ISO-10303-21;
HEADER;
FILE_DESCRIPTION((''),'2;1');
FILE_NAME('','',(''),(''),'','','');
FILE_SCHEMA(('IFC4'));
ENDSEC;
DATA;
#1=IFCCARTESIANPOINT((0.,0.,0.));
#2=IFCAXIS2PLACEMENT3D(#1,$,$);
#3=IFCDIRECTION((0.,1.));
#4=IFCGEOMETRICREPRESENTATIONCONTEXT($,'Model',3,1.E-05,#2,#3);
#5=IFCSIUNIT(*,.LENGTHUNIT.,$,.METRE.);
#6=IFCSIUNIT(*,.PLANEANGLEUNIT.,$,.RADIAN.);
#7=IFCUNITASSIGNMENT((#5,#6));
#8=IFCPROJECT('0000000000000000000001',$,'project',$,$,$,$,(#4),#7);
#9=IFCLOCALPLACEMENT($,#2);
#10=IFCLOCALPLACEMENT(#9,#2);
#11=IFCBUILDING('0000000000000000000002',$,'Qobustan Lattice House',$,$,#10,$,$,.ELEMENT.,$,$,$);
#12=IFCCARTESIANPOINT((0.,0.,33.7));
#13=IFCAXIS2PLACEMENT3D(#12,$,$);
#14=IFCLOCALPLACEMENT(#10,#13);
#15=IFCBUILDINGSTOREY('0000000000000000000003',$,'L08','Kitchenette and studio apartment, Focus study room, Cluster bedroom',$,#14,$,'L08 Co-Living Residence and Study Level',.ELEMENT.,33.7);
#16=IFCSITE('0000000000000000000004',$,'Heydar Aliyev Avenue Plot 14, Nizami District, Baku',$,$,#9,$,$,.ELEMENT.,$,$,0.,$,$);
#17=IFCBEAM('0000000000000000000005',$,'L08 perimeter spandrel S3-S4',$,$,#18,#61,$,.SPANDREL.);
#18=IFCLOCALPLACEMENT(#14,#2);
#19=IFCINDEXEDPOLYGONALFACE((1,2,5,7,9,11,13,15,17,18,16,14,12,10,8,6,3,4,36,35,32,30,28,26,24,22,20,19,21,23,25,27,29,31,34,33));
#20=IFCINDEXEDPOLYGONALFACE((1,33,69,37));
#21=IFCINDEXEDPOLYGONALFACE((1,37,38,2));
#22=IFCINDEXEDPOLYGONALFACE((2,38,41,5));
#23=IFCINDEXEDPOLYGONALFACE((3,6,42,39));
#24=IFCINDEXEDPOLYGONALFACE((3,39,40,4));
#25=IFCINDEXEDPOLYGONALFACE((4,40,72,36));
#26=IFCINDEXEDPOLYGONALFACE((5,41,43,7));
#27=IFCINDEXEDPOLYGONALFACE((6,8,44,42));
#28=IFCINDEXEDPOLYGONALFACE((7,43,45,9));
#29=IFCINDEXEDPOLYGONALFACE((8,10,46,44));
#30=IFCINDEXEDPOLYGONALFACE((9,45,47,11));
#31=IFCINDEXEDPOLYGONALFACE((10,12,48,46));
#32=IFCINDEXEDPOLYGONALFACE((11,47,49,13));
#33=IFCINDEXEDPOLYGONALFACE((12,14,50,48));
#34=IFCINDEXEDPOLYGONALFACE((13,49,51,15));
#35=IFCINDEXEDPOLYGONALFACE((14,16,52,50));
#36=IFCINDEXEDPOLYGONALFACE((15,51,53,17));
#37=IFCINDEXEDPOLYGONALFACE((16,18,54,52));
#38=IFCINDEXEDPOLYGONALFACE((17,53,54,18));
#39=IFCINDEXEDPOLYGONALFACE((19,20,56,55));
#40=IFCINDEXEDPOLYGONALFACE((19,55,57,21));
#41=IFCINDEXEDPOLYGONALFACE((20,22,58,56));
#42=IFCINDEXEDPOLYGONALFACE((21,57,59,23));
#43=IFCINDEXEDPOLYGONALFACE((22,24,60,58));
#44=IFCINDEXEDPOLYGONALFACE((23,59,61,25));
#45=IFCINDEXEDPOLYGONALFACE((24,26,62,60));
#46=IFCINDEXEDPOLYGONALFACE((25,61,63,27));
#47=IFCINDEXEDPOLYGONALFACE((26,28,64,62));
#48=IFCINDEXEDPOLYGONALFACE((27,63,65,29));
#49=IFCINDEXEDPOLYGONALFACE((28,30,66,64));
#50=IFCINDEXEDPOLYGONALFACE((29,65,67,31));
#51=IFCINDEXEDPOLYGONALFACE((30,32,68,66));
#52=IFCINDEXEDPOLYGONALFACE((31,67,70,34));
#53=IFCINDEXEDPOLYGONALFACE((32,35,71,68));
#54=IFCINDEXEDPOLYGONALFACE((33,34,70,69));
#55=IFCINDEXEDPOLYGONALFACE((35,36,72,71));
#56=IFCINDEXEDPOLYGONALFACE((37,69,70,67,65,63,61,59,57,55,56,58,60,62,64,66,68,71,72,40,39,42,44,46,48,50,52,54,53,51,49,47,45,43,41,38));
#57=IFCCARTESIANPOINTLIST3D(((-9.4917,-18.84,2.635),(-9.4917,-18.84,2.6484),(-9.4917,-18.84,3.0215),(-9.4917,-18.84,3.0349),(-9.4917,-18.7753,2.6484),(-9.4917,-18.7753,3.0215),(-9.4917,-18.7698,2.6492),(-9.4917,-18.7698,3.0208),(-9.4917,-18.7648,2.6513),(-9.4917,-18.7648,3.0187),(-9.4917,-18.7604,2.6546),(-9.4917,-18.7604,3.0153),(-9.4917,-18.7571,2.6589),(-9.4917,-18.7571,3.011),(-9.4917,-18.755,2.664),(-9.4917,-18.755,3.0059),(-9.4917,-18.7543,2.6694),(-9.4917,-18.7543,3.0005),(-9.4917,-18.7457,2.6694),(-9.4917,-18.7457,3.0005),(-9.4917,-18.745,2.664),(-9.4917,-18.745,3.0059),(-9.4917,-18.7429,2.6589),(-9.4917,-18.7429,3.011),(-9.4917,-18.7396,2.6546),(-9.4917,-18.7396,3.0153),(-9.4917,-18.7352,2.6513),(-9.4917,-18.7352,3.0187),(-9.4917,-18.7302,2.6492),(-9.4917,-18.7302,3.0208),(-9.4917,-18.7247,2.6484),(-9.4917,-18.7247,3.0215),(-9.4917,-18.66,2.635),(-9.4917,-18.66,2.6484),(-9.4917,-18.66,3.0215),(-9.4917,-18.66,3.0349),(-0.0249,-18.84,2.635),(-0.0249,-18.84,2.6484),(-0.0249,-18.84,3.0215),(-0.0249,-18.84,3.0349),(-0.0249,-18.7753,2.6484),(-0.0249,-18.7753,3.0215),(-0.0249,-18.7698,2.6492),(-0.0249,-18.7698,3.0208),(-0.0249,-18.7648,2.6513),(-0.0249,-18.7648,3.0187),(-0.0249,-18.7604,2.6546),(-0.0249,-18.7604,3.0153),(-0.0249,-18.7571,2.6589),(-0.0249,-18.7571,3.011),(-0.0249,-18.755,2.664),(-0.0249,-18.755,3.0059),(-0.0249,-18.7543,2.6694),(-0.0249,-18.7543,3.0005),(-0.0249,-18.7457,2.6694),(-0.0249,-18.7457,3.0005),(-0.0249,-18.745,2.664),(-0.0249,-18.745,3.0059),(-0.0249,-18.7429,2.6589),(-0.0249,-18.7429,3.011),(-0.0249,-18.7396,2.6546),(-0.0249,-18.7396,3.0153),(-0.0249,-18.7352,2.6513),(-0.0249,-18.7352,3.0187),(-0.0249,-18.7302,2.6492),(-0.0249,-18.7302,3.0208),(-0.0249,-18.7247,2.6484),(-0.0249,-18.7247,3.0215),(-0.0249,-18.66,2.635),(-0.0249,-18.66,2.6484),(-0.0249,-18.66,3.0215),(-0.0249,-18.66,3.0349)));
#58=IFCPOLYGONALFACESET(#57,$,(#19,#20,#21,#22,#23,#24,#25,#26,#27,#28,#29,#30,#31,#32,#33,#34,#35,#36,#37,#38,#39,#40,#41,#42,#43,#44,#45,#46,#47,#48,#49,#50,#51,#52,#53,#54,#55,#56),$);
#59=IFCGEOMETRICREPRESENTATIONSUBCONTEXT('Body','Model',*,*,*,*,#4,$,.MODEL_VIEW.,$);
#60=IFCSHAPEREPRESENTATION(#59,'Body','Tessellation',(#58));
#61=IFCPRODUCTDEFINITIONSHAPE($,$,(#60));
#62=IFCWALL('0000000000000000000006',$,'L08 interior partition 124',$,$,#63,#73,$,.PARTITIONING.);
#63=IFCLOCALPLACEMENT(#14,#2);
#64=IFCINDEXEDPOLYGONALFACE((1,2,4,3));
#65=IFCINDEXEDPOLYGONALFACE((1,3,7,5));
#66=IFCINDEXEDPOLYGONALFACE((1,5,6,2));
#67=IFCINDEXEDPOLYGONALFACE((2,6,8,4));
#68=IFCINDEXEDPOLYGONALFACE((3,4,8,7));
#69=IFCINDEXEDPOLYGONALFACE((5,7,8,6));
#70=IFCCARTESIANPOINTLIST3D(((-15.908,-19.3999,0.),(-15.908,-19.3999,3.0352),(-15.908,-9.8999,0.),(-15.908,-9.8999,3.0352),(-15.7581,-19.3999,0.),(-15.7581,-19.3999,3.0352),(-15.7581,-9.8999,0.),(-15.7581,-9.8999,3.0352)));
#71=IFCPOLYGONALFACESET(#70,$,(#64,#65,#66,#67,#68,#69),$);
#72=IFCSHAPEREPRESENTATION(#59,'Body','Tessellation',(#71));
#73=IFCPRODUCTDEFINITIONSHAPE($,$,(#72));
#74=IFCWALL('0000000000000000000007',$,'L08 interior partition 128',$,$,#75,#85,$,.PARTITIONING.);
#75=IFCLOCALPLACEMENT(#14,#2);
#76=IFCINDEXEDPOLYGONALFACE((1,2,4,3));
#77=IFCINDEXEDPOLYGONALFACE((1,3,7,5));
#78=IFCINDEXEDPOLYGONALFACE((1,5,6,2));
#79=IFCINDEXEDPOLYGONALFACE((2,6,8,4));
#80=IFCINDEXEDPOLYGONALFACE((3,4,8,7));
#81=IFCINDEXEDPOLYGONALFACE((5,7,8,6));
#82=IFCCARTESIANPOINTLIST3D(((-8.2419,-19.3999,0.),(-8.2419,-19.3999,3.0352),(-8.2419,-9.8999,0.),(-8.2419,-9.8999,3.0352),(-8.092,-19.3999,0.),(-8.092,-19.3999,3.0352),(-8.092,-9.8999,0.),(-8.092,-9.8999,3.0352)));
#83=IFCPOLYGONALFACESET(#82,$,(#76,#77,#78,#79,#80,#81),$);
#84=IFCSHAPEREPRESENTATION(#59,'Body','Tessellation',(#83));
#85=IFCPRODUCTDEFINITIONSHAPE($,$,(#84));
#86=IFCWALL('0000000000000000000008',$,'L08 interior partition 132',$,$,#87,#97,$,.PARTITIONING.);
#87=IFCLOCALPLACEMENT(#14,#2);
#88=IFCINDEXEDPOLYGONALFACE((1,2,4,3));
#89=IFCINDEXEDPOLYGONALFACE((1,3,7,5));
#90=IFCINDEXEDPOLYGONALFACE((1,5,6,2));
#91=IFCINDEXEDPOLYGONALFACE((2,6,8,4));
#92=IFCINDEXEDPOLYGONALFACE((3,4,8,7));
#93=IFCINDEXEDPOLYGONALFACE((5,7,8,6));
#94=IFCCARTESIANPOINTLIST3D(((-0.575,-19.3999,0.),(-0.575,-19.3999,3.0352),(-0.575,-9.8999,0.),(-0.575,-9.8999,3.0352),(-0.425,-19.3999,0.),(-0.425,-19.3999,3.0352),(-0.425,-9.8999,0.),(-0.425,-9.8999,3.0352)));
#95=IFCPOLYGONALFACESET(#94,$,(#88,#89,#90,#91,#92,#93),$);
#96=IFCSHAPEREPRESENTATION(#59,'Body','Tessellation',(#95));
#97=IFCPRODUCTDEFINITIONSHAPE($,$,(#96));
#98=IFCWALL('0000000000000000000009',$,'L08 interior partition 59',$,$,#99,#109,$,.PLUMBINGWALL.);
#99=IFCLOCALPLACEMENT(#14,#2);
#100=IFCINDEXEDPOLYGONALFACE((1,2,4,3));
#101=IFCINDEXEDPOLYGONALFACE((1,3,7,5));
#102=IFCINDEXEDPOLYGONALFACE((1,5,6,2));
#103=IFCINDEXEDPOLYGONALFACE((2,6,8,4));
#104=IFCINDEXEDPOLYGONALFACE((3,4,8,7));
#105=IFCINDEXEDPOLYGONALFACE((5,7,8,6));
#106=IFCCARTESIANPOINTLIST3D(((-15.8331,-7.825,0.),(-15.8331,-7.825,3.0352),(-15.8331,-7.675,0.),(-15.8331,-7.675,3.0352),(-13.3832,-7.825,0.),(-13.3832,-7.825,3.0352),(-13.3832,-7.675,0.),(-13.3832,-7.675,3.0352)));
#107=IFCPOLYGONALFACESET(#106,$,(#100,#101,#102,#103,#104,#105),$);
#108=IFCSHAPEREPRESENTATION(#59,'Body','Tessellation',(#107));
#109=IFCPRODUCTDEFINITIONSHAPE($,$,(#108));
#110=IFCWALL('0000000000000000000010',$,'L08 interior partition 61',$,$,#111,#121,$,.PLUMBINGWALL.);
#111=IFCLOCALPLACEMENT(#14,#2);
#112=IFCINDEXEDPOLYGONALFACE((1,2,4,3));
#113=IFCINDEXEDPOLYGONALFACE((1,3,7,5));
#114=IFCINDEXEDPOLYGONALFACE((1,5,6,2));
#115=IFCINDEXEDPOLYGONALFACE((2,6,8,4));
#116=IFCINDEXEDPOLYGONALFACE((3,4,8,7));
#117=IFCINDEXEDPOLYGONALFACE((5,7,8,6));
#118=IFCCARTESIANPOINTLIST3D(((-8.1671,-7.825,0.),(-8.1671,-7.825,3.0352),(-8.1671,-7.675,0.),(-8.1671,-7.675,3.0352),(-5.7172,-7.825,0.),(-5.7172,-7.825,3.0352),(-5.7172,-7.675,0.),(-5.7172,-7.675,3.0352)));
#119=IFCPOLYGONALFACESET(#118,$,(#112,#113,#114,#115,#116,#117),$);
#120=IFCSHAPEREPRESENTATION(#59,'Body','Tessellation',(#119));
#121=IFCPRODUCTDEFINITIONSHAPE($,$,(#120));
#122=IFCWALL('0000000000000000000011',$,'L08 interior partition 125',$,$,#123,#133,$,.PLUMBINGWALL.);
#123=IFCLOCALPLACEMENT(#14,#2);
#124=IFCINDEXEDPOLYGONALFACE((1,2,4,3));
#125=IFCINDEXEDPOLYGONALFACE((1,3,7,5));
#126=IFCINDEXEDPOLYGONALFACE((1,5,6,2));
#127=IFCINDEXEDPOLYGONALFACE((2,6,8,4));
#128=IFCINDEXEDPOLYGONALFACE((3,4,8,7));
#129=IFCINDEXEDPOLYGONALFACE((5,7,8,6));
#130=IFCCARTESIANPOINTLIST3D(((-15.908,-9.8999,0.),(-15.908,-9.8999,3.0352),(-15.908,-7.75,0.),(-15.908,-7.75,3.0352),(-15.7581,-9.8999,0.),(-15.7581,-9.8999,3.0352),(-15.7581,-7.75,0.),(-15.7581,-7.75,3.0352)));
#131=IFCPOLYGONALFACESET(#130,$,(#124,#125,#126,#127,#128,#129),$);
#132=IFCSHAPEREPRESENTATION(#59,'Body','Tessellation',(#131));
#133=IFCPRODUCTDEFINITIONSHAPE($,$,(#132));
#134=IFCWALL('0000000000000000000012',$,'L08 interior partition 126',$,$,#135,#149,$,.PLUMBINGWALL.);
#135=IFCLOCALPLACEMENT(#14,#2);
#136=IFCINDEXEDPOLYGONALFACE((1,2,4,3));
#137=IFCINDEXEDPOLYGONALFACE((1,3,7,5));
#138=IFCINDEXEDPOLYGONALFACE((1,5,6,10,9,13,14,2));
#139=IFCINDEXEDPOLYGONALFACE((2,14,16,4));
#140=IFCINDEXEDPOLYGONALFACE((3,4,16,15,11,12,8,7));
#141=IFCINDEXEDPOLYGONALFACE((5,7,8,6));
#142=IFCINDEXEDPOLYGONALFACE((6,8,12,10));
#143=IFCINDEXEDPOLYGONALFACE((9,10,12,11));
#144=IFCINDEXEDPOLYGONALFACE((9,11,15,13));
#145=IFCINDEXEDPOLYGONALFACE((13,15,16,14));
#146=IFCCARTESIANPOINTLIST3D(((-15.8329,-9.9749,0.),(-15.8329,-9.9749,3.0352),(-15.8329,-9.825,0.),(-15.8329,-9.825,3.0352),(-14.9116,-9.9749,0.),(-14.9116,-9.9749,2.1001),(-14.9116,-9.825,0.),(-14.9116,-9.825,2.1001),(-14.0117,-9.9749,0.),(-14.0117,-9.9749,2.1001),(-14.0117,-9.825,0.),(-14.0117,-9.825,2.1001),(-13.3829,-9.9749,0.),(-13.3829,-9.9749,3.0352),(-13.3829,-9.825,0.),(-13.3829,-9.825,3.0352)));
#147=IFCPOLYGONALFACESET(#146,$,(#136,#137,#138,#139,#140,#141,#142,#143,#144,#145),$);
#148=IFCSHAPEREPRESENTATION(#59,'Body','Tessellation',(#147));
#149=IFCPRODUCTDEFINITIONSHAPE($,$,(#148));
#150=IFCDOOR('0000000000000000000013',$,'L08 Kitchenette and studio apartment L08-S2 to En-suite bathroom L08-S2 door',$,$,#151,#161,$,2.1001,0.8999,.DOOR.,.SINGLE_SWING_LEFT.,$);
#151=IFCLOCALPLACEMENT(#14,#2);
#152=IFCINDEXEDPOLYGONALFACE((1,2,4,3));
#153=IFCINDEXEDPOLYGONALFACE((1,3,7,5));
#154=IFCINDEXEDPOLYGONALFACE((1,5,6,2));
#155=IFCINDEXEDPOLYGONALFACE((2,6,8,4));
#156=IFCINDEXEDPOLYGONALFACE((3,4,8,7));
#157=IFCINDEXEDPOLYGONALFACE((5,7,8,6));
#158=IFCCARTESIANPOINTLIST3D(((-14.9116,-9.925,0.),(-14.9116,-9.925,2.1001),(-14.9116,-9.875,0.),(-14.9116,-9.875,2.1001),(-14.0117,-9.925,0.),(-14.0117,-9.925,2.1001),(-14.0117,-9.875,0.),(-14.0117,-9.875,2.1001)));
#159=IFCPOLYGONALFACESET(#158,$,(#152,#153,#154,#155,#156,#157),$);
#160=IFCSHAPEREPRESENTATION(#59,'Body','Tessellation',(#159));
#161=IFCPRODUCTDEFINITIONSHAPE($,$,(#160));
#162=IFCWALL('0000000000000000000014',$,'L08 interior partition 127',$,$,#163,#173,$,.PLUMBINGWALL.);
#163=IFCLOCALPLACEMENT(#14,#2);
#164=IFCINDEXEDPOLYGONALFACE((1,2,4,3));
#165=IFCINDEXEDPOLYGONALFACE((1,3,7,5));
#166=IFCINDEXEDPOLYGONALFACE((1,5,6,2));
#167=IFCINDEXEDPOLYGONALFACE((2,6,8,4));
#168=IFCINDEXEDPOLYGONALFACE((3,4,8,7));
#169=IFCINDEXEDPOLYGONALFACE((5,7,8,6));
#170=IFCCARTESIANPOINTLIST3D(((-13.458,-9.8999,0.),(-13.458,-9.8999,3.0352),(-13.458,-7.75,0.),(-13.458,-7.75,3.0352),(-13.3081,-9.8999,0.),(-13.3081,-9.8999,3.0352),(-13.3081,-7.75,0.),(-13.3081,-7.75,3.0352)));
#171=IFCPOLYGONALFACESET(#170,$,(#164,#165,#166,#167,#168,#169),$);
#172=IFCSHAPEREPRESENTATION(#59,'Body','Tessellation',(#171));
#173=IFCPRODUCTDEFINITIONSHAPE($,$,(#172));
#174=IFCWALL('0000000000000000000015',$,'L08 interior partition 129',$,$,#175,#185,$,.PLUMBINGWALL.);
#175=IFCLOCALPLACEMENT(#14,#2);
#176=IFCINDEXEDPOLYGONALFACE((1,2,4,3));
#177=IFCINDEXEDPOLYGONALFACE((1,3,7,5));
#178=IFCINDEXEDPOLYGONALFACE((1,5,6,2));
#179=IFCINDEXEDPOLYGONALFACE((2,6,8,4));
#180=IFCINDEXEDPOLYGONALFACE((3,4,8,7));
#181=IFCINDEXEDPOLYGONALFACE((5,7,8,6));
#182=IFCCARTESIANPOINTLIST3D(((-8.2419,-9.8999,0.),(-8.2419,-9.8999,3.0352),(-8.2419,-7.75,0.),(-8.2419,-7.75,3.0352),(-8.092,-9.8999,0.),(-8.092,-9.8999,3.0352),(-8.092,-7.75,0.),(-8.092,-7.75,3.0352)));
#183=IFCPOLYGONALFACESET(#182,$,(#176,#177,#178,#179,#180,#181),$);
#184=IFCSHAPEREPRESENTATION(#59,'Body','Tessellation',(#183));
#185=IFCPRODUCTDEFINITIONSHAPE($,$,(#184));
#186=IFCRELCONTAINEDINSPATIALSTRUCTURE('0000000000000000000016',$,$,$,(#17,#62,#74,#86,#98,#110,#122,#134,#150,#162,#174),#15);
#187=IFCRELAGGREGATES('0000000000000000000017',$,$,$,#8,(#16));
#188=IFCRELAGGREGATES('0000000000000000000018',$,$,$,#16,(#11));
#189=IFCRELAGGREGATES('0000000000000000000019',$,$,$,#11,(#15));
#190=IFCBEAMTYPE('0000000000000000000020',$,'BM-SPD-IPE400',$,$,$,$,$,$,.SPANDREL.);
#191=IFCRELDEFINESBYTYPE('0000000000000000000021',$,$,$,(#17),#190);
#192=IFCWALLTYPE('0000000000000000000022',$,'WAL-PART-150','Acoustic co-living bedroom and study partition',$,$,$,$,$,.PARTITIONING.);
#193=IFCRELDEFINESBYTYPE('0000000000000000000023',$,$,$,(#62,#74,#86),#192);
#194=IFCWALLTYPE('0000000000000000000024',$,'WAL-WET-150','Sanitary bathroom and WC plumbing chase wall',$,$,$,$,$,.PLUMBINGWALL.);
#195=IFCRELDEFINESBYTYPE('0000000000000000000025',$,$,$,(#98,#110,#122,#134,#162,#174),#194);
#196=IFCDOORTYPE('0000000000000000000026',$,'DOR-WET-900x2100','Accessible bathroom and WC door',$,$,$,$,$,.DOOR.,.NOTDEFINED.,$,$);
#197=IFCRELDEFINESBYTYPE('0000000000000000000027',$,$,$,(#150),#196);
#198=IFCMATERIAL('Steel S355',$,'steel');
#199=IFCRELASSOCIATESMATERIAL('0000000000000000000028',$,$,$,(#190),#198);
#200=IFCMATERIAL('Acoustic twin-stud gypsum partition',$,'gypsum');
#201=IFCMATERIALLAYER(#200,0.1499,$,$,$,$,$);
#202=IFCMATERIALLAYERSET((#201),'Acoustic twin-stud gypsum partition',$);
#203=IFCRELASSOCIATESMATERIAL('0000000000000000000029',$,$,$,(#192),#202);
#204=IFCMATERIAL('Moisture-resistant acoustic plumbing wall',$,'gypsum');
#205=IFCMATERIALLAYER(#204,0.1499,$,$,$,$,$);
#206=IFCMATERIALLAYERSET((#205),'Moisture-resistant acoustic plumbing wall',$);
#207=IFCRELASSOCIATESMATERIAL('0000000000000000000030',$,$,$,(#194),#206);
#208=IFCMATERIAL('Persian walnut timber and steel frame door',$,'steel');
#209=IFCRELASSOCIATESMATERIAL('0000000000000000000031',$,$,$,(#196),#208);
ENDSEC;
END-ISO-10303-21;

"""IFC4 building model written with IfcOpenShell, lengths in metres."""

from ifc_helpers import new_model, si_unit, direction, frame, frame_2d, origin, origin_2d, place, context, subcontext, project, spatial, rectangle, i_section, extrude, material, layer, layer_set, material_profile, profile_set, type_object, element, fill, save


model = new_model("IFC4")

# Units and contexts
model_context = context("Model", 3, precision=1e-05, world=origin(), true_north=direction((0.0, 1.0)))
body_context = subcontext(model_context, "Body", "Model", "MODEL_VIEW")
ifc_project = project(units=[si_unit("LENGTHUNIT", "METRE"), si_unit("PLANEANGLEUNIT", "RADIAN")], contexts=[model_context])

# Site, building, storey
site_placement = place(None, origin())
site = spatial("IfcSite", under=ifc_project, at=site_placement, Name="Heydar Aliyev Avenue Plot 14, Nizami District, Baku", CompositionType="ELEMENT", RefElevation=0.0)
building_placement = place(site_placement, origin())
building = spatial("IfcBuilding", under=site, at=building_placement, Name="Qobustan Lattice House", CompositionType="ELEMENT")
storey_placement = place(building_placement, frame((0.0, 0.0, 33.7)))
storey = spatial("IfcBuildingStorey", under=building, at=storey_placement, Name="L08", Description="Kitchenette and studio apartment, Focus study room, Cluster bedroom", LongName="L08 Co-Living Residence and Study Level", CompositionType="ELEMENT", Elevation=33.7)

# Beam
ifc_material_1 = material(Name="Steel S355", Category="steel")
ifc_material_profile_1 = material_profile(ifc_material_1, i_section(OverallWidth=0.1799, OverallDepth=0.3999, WebThickness=0.0085, FlangeThickness=0.0134, FilletRadius=0.021, at=origin_2d()), Name="IPE400")
ifc_profile_set_1 = profile_set([ifc_material_profile_1], Name="Steel S355")
beam_type_1 = type_object("IfcBeamType", Name="BM-SPD-IPE400", PredefinedType="SPANDREL", material=ifc_profile_set_1)
beam_1_placement = place(storey_placement, frame((-9.4917, -18.75, 2.835), z_axis=(1.0, 0.0, 0.0), x_axis=(0.0, 1.0, 0.0)))
element("IfcBeam", 1, at=beam_1_placement, inside=storey, type_object=beam_type_1, Name="L08 perimeter spandrel S3-S4", PredefinedType="SPANDREL", context=body_context, shape_type="SweptSolid", body=[
    extrude(i_section(OverallWidth=0.1799, OverallDepth=0.3999, WebThickness=0.0085, FlangeThickness=0.0134, FilletRadius=0.021, at=origin_2d()), origin(), (0.0, 0.0, 1.0), 9.4668),
])

# Shared definitions
ifc_material_2 = material(Name="Acoustic twin-stud gypsum partition", Category="gypsum")
ifc_layer_1 = layer(ifc_material_2, 0.1499)
ifc_layer_set_1 = layer_set([ifc_layer_1], Name="Acoustic twin-stud gypsum partition")
wall_type_1 = type_object("IfcWallType", Name="WAL-PART-150", Description="Acoustic co-living bedroom and study partition", PredefinedType="PARTITIONING", material=ifc_layer_set_1)

# Walls
for number, where, z_axis, x_axis, name in (
    (2, (-15.833, -9.8999, 0.0), (0.0, 0.0, 1.0), (0.0, -1.0, 0.0), "L08 interior partition 124"),
    (3, (-8.167, -9.8999, 0.0), (0.0, 0.0, 1.0), (0.0, -1.0, 0.0), "L08 interior partition 128"),
    (4, (-0.5, -9.8999, 0.0), (0.0, 0.0, 1.0), (0.0, -1.0, 0.0), "L08 interior partition 132"),
):
    element("IfcWall", number, at=place(storey_placement, frame(where, z_axis=z_axis, x_axis=x_axis)), inside=storey, type_object=wall_type_1, Name=name, PredefinedType="PARTITIONING", context=body_context, shape_type="SweptSolid", body=[
        extrude(rectangle(XDim=9.5, YDim=0.1499, at=frame_2d((4.75, 0.0))), origin(), (0.0, 0.0, 1.0), 3.0352),
    ])
ifc_material_3 = material(Name="Moisture-resistant acoustic plumbing wall", Category="gypsum")
ifc_layer_2 = layer(ifc_material_3, 0.1499)
ifc_layer_set_2 = layer_set([ifc_layer_2], Name="Moisture-resistant acoustic plumbing wall")
wall_type_2 = type_object("IfcWallType", Name="WAL-WET-150", Description="Sanitary bathroom and WC plumbing chase wall", PredefinedType="PLUMBINGWALL", material=ifc_layer_set_2)
for number, where, z_axis, x_axis, name in (
    (5, (-13.3831, -7.75, 0.0), (0.0, 0.0, 1.0), (-1.0, 0.0, 0.0), "L08 interior partition 59"),
    (6, (-5.717, -7.75, 0.0), (0.0, 0.0, 1.0), (-1.0, 0.0, 0.0), "L08 interior partition 61"),
):
    element("IfcWall", number, at=place(storey_placement, frame(where, z_axis=z_axis, x_axis=x_axis)), inside=storey, type_object=wall_type_2, Name=name, PredefinedType="PLUMBINGWALL", context=body_context, shape_type="SweptSolid", body=[
        extrude(rectangle(XDim=2.45, YDim=0.1499, at=frame_2d((1.2251, 0.0))), origin(), (0.0, 0.0, 1.0), 3.0352),
    ])
wall_1_placement = place(storey_placement, frame((-15.833, -7.75, 0.0), z_axis=(0.0, 0.0, 1.0), x_axis=(0.0, -1.0, 0.0)))
element("IfcWall", 7, at=wall_1_placement, inside=storey, type_object=wall_type_2, Name="L08 interior partition 125", PredefinedType="PLUMBINGWALL", context=body_context, shape_type="SweptSolid", body=[
    extrude(rectangle(XDim=2.1499, YDim=0.1499, at=frame_2d((1.075, 0.0))), origin(), (0.0, 0.0, 1.0), 3.0352),
])

# Wall, opening, door
wall_2_placement = place(storey_placement, frame((-15.833, -9.8999, 0.0), z_axis=(0.0, 0.0, 1.0), x_axis=(1.0, 0.0, 0.0)))
wall_2 = element("IfcWall", 8, at=wall_2_placement, inside=storey, type_object=wall_type_2, Name="L08 interior partition 126", PredefinedType="PLUMBINGWALL", context=body_context, shape_type="SweptSolid", body=[
    extrude(rectangle(XDim=2.45, YDim=0.1499, at=frame_2d((1.2251, 0.0))), origin(), (0.0, 0.0, 1.0), 3.0352),
])
opening_1_placement = place(wall_2_placement, frame((0.9214, 0.0, 0.0)))
opening_1 = element("IfcOpeningElement", 9, at=opening_1_placement, cuts=wall_2, PredefinedType="OPENING", context=body_context, shape_type="SweptSolid", body=[
    extrude(rectangle(XDim=0.8999, YDim=2.1001, at=frame_2d((0.45, 1.05))), frame((0.0, 0.085, 0.0), z_axis=(0.0, -1.0, 0.0), x_axis=(1.0, 0.0, 0.0)), (0.0, 0.0, 1.0), 0.1699),
])
ifc_material_4 = material(Name="Persian walnut timber and steel frame door", Category="steel")
door_type_1 = type_object("IfcDoorType", Name="DOR-WET-900x2100", Description="Accessible bathroom and WC door", OperationType="NOTDEFINED", PredefinedType="DOOR", material=ifc_material_4)
door_1_placement = place(opening_1_placement, origin())
door_1 = element("IfcDoor", 10, at=door_1_placement, inside=storey, type_object=door_type_1, Name="L08 Kitchenette and studio apartment L08-S2 to En-suite bathroom L08-S2 door", OperationType="SINGLE_SWING_LEFT", OverallHeight=2.1001, OverallWidth=0.8999, PredefinedType="DOOR", context=body_context, shape_type="SweptSolid", body=[
    extrude(rectangle(XDim=0.8999, YDim=2.1001, at=frame_2d((0.45, 1.05))), frame((0.0, 0.0249, 0.0), z_axis=(0.0, -1.0, 0.0), x_axis=(1.0, 0.0, 0.0)), (0.0, 0.0, 1.0), 0.05),
])
fill(opening_1, door_1)

# Walls
for number, where, z_axis, x_axis, name in (
    (11, (-13.3831, -9.8999, 0.0), (0.0, 0.0, 1.0), (0.0, 1.0, 0.0), "L08 interior partition 127"),
    (12, (-8.167, -7.75, 0.0), (0.0, 0.0, 1.0), (0.0, -1.0, 0.0), "L08 interior partition 129"),
):
    element("IfcWall", number, at=place(storey_placement, frame(where, z_axis=z_axis, x_axis=x_axis)), inside=storey, type_object=wall_type_2, Name=name, PredefinedType="PLUMBINGWALL", context=body_context, shape_type="SweptSolid", body=[
        extrude(rectangle(XDim=2.1499, YDim=0.1499, at=frame_2d((1.075, 0.0))), origin(), (0.0, 0.0, 1.0), 3.0352),
    ])

save(model, "model.ifc")
